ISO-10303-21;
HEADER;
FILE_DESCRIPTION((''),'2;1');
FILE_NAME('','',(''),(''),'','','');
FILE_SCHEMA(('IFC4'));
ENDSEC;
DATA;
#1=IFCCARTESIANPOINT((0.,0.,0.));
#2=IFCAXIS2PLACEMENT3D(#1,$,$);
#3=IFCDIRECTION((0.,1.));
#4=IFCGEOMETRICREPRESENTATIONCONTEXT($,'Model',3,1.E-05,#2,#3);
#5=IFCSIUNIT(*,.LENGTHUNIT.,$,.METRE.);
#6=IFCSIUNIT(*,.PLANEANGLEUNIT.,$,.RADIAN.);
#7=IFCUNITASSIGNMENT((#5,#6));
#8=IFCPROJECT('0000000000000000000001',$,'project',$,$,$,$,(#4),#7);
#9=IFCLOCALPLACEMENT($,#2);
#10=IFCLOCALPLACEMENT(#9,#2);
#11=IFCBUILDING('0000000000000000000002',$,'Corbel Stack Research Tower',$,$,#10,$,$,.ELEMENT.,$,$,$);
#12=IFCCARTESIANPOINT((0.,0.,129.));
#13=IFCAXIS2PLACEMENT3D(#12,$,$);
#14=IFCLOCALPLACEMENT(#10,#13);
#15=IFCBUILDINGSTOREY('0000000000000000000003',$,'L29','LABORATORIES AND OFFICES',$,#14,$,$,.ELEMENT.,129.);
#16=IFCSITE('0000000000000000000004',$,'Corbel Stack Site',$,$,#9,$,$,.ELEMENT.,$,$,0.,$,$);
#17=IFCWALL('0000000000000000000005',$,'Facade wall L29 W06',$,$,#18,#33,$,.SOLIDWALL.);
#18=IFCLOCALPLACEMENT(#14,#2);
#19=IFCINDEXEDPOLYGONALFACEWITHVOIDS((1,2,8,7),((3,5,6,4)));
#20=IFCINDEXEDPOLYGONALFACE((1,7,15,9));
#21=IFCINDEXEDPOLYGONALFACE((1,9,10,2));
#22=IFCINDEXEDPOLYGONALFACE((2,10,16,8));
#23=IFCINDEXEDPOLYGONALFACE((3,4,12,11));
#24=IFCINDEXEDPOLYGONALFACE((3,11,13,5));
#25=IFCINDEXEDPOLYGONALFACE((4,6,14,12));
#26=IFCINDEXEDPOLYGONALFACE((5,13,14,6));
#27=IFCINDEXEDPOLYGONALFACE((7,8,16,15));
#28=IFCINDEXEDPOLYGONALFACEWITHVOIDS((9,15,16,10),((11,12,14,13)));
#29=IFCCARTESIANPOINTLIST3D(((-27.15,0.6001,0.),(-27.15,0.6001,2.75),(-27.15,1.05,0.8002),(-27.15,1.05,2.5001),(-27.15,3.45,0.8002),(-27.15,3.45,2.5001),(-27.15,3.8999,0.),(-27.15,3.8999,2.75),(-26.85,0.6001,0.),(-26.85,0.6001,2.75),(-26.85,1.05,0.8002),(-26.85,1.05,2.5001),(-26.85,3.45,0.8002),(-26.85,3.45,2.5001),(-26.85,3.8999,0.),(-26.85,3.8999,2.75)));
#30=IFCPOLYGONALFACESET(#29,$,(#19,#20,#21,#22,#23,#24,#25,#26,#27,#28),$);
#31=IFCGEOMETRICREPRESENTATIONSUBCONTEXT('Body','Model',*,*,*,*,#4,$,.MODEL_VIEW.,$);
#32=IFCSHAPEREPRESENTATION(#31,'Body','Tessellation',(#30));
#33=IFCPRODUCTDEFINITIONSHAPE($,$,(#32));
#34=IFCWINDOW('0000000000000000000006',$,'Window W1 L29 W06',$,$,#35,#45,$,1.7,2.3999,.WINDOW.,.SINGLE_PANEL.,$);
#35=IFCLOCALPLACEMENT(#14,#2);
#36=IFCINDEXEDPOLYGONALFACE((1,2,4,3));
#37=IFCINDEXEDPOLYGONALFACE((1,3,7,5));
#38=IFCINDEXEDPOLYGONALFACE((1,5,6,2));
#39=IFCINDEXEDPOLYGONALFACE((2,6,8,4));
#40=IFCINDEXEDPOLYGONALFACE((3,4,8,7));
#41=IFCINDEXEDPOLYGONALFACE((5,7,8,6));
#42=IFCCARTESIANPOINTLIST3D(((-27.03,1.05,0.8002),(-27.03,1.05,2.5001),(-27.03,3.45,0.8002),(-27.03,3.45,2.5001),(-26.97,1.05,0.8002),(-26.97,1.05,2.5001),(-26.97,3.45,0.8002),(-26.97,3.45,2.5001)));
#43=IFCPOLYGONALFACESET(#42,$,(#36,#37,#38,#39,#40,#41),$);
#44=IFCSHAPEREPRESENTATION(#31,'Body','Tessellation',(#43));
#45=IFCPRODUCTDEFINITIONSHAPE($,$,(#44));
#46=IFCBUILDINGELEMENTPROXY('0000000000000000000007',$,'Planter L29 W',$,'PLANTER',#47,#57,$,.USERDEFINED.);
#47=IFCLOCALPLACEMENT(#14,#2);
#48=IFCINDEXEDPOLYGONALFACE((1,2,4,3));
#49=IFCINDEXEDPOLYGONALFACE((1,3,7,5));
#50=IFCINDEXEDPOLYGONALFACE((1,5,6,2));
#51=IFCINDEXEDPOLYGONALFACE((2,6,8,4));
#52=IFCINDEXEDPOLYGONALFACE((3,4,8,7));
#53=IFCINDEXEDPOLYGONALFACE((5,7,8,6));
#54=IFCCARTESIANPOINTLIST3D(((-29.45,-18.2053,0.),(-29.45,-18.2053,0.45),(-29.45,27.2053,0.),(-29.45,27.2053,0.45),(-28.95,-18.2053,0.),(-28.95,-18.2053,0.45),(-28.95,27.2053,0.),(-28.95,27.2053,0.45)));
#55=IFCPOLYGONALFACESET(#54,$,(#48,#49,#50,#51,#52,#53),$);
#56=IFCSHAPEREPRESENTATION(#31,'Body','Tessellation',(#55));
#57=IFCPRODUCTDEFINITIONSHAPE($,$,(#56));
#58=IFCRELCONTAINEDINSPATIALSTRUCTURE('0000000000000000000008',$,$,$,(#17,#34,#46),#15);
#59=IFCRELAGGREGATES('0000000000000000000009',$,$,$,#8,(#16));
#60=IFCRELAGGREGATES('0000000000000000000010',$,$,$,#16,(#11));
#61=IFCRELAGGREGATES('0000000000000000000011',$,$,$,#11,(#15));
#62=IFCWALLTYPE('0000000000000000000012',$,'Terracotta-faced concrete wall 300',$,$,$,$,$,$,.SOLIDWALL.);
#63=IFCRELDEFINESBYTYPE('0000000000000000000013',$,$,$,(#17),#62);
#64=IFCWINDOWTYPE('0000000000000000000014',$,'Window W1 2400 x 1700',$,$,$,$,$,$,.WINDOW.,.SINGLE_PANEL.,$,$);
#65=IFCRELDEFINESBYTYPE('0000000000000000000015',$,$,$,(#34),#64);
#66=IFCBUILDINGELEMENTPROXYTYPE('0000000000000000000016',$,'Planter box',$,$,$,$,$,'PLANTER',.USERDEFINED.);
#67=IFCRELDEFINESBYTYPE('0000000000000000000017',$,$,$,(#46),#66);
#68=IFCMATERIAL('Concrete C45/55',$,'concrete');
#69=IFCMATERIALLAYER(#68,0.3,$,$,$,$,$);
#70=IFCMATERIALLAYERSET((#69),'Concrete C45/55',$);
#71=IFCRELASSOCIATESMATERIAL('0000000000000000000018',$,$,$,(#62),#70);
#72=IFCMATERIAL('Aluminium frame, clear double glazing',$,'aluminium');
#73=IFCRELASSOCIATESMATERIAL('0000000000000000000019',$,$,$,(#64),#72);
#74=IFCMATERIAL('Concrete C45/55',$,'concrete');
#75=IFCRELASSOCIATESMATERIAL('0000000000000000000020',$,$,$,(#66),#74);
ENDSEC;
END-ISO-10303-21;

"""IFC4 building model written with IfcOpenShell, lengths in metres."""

from ifc_helpers import new_model, si_unit, direction, frame, frame_2d, origin, origin_2d, place, context, subcontext, project, spatial, rectangle, extrude, material, layer, layer_set, type_object, element, fill, save


model = new_model("IFC4")

# Units and contexts
model_context = context("Model", 3, precision=1e-05, world=origin(), true_north=direction((0.0, 1.0)))
body_context = subcontext(model_context, "Body", "Model", "MODEL_VIEW")
ifc_project = project(units=[si_unit("LENGTHUNIT", "METRE"), si_unit("PLANEANGLEUNIT", "RADIAN")], contexts=[model_context])

# Site, building, storey
site_placement = place(None, origin())
site = spatial("IfcSite", under=ifc_project, at=site_placement, Name="Corbel Stack Site", CompositionType="ELEMENT", RefElevation=0.0)
building_placement = place(site_placement, origin())
building = spatial("IfcBuilding", under=site, at=building_placement, Name="Corbel Stack Research Tower", CompositionType="ELEMENT")
storey_placement = place(building_placement, frame((0.0, 0.0, 129.0)))
storey = spatial("IfcBuildingStorey", under=building, at=storey_placement, Name="L29", Description="LABORATORIES AND OFFICES", CompositionType="ELEMENT", Elevation=129.0)

# Wall, opening, window
ifc_material_1 = material(Name="Concrete C45/55", Category="concrete")
ifc_layer_1 = layer(ifc_material_1, 0.3)
ifc_layer_set_1 = layer_set([ifc_layer_1], Name="Concrete C45/55")
wall_type_1 = type_object("IfcWallType", Name="Terracotta-faced concrete wall 300", PredefinedType="SOLIDWALL", material=ifc_layer_set_1)
ifc_material_2 = material(Name="Aluminium frame, clear double glazing", Category="aluminium")
window_type = type_object("IfcWindowType", Name="Window W1 2400 x 1700", PartitioningType="SINGLE_PANEL", PredefinedType="WINDOW", material=ifc_material_2)
wall_1_placement = place(storey_placement, frame((-27.0, 0.6001, 0.0), z_axis=(0.0, 0.0, 1.0), x_axis=(0.0, 1.0, 0.0)))
wall_1 = element("IfcWall", 1, at=wall_1_placement, inside=storey, type_object=wall_type_1, Name="Facade wall L29 W06", PredefinedType="SOLIDWALL", context=body_context, shape_type="SweptSolid", body=[
    extrude(rectangle(XDim=3.2998, YDim=0.3, at=frame_2d((1.6499, 0.0))), origin(), (0.0, 0.0, 1.0), 2.75),
])
opening_1_placement = place(wall_1_placement, frame((0.45, 0.0, 0.8)))
opening_1 = element("IfcOpeningElement", 2, at=opening_1_placement, cuts=wall_1, PredefinedType="OPENING", context=body_context, shape_type="SweptSolid", body=[
    extrude(rectangle(XDim=2.3999, YDim=1.7, at=frame_2d((1.2, 0.8501))), frame((0.0, 0.1599, 0.0), z_axis=(0.0, -1.0, 0.0), x_axis=(1.0, 0.0, 0.0)), (0.0, 0.0, 1.0), 0.3201),
])
window_1_placement = place(opening_1_placement, origin())
window_1 = element("IfcWindow", 3, at=window_1_placement, inside=storey, type_object=window_type, Name="Window W1 L29 W06", OverallHeight=1.7, OverallWidth=2.3999, PartitioningType="SINGLE_PANEL", PredefinedType="WINDOW", context=body_context, shape_type="SweptSolid", body=[
    extrude(rectangle(XDim=2.3999, YDim=1.7, at=frame_2d((1.2, 0.8501))), frame((0.0, 0.03, 0.0), z_axis=(0.0, -1.0, 0.0), x_axis=(1.0, 0.0, 0.0)), (0.0, 0.0, 1.0), 0.0601),
])
fill(opening_1, window_1)

# Building element proxy
ifc_material_3 = material(Name="Concrete C45/55", Category="concrete")
building_element_proxy_type = type_object("IfcBuildingElementProxyType", Name="Planter box", ElementType="PLANTER", PredefinedType="USERDEFINED", material=ifc_material_3)
proxy_placement = place(storey_placement, frame((-29.2, 4.5, 0.0), z_axis=(0.0, 0.0, 1.0), x_axis=(0.0, -1.0, 0.0)))
element("IfcBuildingElementProxy", 4, at=proxy_placement, inside=storey, type_object=building_element_proxy_type, Name="Planter L29 W", ObjectType="PLANTER", PredefinedType="USERDEFINED", context=body_context, shape_type="SweptSolid", body=[
    extrude(rectangle(XDim=45.4106, YDim=0.5, at=origin_2d()), origin(), (0.0, 0.0, 1.0), 0.45),
])

save(model, "model.ifc")
